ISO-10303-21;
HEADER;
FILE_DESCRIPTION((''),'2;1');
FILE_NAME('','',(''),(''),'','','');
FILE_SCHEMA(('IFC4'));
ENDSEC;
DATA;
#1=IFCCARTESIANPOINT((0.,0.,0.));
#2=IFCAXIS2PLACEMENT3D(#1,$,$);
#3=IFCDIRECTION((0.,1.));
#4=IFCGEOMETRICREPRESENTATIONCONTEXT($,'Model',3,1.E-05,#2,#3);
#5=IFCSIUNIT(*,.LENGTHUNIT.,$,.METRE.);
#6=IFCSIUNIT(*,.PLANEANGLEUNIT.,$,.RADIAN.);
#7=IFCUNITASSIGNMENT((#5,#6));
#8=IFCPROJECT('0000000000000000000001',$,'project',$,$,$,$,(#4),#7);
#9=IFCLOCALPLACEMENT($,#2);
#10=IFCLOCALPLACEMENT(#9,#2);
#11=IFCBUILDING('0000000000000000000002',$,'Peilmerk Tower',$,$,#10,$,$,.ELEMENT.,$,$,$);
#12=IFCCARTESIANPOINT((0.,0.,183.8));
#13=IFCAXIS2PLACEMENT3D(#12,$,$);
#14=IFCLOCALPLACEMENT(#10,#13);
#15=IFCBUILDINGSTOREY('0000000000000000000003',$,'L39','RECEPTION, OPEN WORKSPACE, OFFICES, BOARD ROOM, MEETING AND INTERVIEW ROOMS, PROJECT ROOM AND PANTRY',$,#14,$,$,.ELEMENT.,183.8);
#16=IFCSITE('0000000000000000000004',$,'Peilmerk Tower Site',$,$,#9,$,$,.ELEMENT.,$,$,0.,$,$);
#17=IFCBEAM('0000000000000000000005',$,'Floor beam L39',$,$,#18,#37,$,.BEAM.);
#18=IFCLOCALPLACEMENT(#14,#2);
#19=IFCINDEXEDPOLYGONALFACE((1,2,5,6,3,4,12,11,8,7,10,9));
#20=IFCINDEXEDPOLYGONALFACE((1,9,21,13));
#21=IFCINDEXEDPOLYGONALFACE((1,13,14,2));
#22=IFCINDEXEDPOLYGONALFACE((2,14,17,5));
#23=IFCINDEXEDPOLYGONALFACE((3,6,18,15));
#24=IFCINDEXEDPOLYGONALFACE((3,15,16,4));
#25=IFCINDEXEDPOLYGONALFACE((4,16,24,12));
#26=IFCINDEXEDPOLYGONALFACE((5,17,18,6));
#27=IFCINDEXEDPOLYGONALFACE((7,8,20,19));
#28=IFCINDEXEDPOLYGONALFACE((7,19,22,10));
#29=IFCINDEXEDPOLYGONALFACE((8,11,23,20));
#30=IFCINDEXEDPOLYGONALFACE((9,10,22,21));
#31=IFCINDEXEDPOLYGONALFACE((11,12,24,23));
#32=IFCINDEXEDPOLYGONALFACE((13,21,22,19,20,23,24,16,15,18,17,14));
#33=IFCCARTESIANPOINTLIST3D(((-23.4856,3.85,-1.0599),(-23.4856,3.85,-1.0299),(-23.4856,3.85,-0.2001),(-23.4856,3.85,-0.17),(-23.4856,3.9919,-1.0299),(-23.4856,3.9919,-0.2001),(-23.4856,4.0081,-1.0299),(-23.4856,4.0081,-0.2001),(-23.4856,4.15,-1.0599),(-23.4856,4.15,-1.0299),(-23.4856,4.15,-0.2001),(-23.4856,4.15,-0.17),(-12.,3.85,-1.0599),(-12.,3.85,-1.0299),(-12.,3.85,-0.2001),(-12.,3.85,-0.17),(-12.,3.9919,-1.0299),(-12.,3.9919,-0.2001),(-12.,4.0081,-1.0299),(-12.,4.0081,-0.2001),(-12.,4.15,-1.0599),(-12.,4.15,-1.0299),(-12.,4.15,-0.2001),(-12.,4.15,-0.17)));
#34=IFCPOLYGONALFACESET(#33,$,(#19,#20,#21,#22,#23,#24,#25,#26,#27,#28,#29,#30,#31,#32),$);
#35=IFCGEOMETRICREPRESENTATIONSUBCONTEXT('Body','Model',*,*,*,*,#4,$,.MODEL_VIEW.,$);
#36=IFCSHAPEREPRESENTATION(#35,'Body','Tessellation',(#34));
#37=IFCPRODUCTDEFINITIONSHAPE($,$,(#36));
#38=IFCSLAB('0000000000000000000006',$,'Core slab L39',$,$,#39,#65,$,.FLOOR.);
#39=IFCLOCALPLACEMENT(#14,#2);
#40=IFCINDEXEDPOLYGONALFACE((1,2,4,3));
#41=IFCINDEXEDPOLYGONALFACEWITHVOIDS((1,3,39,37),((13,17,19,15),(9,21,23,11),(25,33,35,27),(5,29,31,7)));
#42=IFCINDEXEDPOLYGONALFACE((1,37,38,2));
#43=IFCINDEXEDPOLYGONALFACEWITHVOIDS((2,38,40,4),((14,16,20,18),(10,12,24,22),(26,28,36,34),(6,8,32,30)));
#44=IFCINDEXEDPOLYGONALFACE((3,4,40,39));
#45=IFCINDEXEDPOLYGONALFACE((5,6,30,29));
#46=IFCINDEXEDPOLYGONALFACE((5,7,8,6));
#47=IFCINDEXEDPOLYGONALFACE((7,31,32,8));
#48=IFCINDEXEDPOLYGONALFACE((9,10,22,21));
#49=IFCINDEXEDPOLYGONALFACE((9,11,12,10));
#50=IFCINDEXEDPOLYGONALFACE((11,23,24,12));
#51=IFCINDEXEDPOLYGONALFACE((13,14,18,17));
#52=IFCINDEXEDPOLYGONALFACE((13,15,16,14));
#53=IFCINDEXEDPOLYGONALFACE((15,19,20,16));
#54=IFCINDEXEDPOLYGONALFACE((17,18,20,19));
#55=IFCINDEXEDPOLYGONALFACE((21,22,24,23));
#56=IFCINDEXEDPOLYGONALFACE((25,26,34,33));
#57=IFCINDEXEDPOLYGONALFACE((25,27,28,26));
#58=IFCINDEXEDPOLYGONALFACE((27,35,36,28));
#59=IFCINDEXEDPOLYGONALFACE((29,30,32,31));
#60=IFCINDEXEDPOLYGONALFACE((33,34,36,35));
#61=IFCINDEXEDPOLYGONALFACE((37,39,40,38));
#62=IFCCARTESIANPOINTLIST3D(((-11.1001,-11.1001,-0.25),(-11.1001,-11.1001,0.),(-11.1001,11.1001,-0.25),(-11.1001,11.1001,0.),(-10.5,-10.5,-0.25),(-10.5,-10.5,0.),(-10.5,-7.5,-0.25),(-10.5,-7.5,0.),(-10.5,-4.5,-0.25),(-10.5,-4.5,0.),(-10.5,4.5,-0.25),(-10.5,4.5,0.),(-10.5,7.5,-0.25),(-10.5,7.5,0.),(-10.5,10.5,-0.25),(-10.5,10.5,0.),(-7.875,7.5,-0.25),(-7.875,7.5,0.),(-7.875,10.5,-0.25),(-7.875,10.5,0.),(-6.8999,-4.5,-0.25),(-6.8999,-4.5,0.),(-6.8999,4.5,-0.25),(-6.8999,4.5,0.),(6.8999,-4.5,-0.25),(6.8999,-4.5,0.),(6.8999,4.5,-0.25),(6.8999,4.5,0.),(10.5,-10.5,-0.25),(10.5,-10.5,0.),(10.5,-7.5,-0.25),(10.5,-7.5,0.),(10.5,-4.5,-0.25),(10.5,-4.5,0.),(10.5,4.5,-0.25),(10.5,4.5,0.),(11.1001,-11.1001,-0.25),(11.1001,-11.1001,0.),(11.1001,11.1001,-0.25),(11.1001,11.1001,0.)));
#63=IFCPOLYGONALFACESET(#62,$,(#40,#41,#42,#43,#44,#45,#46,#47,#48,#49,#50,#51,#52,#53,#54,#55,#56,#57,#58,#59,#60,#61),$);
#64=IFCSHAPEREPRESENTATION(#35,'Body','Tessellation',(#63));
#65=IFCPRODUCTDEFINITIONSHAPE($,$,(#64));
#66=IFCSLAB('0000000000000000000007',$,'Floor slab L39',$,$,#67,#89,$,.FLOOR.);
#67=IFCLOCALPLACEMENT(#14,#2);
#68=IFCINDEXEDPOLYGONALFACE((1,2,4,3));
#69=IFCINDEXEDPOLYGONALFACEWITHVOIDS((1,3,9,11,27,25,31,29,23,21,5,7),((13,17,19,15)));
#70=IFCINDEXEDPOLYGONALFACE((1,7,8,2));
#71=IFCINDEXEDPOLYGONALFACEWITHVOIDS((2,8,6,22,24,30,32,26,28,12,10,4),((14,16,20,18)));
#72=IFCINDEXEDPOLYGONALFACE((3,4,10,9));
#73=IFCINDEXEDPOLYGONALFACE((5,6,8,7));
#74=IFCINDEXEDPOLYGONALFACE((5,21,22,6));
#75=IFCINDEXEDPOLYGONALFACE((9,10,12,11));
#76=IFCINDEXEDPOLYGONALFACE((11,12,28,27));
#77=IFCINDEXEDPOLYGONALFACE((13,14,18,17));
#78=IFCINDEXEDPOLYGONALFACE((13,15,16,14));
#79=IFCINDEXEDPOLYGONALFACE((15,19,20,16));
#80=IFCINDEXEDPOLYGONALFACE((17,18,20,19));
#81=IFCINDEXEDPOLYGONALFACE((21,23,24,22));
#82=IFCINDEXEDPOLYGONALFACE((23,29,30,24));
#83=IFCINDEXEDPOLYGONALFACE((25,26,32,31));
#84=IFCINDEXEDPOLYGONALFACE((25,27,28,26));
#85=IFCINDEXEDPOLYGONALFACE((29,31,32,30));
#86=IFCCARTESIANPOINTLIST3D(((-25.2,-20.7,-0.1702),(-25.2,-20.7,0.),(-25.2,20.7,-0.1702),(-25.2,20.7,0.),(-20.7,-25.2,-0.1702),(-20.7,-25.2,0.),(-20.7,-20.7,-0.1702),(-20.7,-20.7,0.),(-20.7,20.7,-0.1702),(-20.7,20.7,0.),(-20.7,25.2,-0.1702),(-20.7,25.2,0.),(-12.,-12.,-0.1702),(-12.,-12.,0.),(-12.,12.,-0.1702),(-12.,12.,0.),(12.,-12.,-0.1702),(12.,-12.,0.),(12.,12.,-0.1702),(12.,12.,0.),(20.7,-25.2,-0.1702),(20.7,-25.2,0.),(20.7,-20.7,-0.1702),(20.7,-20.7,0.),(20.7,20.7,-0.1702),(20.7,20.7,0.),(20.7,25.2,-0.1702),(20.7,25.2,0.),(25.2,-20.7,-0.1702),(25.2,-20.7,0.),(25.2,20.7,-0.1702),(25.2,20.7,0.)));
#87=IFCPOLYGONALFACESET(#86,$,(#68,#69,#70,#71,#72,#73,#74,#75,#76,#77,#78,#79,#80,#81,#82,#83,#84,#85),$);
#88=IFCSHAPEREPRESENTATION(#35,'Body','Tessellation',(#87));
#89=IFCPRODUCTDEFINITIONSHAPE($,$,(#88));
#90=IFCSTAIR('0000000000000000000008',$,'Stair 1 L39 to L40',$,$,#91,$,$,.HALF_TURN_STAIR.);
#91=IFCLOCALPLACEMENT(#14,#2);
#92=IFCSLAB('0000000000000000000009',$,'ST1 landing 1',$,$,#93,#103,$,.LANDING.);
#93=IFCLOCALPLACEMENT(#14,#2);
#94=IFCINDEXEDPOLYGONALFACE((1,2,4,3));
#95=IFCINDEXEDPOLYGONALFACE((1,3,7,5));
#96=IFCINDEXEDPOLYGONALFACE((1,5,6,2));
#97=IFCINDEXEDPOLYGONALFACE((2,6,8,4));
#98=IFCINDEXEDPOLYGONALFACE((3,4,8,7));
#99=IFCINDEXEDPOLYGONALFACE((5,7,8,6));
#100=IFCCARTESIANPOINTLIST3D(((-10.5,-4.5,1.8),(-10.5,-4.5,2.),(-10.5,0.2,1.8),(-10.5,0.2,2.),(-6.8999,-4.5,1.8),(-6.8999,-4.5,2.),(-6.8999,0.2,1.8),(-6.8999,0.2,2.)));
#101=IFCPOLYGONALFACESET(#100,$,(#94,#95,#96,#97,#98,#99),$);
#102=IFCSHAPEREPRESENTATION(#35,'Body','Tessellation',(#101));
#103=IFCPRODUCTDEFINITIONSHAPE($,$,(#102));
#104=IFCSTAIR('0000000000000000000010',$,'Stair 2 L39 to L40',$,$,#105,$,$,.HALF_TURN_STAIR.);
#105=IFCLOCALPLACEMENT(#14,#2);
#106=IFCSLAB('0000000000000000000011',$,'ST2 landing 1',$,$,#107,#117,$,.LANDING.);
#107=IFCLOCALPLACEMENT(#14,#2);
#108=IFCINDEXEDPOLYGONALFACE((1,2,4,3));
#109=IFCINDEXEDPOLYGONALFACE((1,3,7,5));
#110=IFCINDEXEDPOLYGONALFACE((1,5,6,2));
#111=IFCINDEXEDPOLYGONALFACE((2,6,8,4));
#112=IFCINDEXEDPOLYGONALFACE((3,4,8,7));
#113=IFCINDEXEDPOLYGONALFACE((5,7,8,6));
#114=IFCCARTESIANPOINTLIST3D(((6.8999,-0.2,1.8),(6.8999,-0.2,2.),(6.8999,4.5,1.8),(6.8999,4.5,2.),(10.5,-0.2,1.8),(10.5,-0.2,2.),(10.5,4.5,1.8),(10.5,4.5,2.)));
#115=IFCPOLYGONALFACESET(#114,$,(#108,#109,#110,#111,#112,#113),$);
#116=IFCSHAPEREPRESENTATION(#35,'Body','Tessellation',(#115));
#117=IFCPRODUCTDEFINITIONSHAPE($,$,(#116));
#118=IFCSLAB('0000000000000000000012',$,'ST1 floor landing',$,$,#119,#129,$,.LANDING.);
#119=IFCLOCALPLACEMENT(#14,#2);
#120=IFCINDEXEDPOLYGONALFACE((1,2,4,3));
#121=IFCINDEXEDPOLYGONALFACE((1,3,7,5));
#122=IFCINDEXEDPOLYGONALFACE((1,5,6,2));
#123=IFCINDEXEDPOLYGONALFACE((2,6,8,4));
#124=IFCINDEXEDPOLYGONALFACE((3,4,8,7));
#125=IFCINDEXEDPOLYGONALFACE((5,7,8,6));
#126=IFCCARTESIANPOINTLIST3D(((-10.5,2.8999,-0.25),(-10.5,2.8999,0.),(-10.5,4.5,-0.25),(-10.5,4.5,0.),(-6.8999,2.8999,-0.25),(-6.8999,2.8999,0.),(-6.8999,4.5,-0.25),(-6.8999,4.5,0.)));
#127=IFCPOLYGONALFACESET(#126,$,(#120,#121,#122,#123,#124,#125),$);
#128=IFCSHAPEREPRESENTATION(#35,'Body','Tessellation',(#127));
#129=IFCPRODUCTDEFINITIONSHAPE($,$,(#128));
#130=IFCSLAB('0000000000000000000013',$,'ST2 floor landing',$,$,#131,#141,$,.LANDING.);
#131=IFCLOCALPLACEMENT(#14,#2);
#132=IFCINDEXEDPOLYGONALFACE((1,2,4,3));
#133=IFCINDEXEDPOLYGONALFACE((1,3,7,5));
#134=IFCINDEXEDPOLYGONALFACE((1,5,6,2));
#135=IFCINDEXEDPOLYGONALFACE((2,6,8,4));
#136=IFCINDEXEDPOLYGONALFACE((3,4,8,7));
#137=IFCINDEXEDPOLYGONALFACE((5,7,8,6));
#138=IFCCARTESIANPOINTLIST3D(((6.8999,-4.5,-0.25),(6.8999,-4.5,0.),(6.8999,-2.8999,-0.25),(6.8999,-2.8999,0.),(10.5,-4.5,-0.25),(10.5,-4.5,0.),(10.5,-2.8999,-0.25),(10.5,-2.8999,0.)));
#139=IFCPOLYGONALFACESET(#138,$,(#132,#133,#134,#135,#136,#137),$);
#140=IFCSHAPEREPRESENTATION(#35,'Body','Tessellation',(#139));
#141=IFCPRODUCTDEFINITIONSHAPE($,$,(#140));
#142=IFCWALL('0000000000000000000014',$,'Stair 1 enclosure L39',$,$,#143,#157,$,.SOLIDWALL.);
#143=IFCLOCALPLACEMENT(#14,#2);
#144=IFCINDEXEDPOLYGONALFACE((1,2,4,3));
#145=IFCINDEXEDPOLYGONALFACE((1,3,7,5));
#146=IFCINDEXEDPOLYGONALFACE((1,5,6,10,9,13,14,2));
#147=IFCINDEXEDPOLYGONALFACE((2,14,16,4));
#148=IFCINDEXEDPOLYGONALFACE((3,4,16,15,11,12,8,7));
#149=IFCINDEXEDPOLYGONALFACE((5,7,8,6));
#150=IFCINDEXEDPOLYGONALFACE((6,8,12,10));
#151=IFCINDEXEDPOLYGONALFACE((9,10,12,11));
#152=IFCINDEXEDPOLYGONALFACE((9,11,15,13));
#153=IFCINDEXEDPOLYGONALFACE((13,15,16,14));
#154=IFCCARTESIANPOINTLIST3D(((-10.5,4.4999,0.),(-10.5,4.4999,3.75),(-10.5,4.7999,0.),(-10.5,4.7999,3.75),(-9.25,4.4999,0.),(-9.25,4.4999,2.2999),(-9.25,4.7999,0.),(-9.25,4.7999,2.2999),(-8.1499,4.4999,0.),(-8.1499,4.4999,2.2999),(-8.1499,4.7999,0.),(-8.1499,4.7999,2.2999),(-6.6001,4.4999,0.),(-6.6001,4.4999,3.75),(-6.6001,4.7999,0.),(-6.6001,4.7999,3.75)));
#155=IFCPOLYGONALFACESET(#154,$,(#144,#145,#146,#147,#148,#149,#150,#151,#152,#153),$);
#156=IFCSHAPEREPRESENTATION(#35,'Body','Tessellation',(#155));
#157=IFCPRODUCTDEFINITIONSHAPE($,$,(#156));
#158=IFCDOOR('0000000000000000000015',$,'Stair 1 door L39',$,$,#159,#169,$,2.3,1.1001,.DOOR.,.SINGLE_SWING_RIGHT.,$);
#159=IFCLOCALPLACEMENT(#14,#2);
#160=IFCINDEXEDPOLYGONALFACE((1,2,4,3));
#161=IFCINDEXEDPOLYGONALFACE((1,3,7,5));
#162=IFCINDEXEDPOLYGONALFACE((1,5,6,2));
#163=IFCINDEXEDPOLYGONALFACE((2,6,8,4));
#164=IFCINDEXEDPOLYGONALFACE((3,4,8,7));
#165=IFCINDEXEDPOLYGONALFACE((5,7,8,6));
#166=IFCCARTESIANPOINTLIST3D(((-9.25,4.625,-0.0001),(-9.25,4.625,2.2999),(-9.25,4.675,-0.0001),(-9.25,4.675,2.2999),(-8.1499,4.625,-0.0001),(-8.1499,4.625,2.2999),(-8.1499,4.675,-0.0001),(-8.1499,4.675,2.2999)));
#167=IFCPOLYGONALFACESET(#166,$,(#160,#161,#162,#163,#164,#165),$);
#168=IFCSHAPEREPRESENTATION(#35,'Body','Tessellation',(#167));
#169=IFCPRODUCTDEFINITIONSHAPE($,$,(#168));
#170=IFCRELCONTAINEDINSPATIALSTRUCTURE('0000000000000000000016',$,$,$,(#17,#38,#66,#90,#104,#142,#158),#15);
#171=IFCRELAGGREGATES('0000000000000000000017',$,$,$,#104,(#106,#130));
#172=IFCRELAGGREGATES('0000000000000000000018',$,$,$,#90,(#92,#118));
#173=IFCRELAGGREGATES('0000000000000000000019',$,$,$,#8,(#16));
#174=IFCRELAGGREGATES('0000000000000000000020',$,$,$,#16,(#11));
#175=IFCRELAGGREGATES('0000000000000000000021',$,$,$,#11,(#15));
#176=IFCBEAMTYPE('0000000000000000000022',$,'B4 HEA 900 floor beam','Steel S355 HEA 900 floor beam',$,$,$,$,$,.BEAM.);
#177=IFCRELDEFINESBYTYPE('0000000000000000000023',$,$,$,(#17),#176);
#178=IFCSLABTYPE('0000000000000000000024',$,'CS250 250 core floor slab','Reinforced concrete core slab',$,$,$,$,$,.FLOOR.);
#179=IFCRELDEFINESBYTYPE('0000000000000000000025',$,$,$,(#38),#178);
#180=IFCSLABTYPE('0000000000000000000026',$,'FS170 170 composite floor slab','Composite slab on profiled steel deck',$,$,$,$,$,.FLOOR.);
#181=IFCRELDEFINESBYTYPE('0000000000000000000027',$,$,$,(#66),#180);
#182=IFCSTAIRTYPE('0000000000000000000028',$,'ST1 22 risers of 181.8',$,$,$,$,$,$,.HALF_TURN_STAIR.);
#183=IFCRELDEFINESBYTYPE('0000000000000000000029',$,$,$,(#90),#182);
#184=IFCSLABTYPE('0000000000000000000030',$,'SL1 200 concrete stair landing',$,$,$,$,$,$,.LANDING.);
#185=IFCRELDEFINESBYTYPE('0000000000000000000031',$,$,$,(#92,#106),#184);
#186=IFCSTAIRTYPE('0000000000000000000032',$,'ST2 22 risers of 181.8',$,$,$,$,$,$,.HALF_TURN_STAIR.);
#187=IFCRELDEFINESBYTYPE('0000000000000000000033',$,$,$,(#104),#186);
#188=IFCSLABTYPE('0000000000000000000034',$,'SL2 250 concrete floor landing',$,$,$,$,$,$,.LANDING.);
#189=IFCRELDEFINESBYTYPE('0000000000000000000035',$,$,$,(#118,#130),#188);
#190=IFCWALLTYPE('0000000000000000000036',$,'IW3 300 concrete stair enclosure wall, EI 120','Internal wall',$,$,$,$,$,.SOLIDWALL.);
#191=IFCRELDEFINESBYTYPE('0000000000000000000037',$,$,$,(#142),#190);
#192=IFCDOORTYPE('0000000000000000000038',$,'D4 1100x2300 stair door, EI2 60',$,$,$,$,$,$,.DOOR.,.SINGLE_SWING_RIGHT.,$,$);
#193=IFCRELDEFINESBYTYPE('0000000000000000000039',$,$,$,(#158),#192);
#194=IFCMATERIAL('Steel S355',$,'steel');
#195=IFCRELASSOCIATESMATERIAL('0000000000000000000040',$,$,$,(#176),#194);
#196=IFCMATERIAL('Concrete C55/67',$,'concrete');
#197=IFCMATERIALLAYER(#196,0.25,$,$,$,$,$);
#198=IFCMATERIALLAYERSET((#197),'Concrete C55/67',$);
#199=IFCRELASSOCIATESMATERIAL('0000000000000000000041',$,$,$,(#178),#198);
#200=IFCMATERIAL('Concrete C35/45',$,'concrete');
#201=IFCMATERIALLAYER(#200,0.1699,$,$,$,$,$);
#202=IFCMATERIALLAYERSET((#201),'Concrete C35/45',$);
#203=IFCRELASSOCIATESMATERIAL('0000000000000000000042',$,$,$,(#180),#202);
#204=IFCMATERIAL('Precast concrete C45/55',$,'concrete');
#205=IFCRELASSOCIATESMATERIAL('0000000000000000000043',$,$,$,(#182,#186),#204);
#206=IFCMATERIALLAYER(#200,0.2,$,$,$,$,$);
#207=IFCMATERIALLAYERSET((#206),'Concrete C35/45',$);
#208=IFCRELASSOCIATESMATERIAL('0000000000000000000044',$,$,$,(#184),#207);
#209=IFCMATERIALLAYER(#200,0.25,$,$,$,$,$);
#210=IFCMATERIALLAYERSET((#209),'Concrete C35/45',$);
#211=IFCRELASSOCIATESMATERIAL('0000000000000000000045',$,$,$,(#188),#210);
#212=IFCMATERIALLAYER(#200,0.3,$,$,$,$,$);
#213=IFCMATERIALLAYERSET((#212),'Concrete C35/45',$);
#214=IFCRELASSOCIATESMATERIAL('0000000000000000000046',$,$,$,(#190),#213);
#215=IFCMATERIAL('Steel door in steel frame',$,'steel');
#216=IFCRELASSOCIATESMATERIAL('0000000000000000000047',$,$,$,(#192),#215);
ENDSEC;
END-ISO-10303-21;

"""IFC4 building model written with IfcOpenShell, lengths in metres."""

from ifc_helpers import new_model, si_unit, direction, frame, frame_2d, origin, origin_2d, place, context, subcontext, project, spatial, polyline, rectangle, i_section, outline, extrude, material, layer, layer_set, material_profile, profile_set, type_object, element, fill, aggregate, save


model = new_model("IFC4")

# Units and contexts
model_context = context("Model", 3, precision=1e-05, world=origin(), true_north=direction((0.0, 1.0)))
body_context = subcontext(model_context, "Body", "Model", "MODEL_VIEW")
ifc_project = project(units=[si_unit("LENGTHUNIT", "METRE"), si_unit("PLANEANGLEUNIT", "RADIAN")], contexts=[model_context])

# Site, building, storey
site_placement = place(None, origin())
site = spatial("IfcSite", under=ifc_project, at=site_placement, Name="Peilmerk Tower Site", CompositionType="ELEMENT", RefElevation=0.0)
building_placement = place(site_placement, origin())
building = spatial("IfcBuilding", under=site, at=building_placement, Name="Peilmerk Tower", CompositionType="ELEMENT")
storey_placement = place(building_placement, frame((0.0, 0.0, 183.8)))
storey = spatial("IfcBuildingStorey", under=building, at=storey_placement, Name="L39", Description="RECEPTION, OPEN WORKSPACE, OFFICES, BOARD ROOM, MEETING AND INTERVIEW ROOMS, PROJECT ROOM AND PANTRY", CompositionType="ELEMENT", Elevation=183.8)

# Beam
ifc_material_1 = material(Name="Steel S355", Category="steel")
ifc_material_profile = material_profile(ifc_material_1, i_section(OverallWidth=0.3, OverallDepth=0.8899, WebThickness=0.0161, FlangeThickness=0.03, at=origin_2d()), Name="HEA 900")
ifc_profile_set = profile_set([ifc_material_profile], Name="Steel S355")
beam_type = type_object("IfcBeamType", Name="B4 HEA 900 floor beam", Description="Steel S355 HEA 900 floor beam", PredefinedType="BEAM", material=ifc_profile_set)
beam_placement = place(storey_placement, frame((-12.0, 4.0, -0.615), z_axis=(-1.0, 0.0, 0.0), x_axis=(0.0, -1.0, 0.0)))
element("IfcBeam", 1, at=beam_placement, inside=storey, type_object=beam_type, Name="Floor beam L39", PredefinedType="BEAM", context=body_context, shape_type="SweptSolid", body=[
    extrude(i_section(OverallWidth=0.3, OverallDepth=0.8899, WebThickness=0.0161, FlangeThickness=0.03, at=origin_2d()), origin(), (0.0, 0.0, 1.0), 11.4856),
])

# Slabs
ifc_material_2 = material(Name="Concrete C55/67", Category="concrete")
ifc_layer_1 = layer(ifc_material_2, 0.25)
ifc_layer_set_1 = layer_set([ifc_layer_1], Name="Concrete C55/67")
slab_type_1 = type_object("IfcSlabType", Name="CS250 250 core floor slab", Description="Reinforced concrete core slab", PredefinedType="FLOOR", material=ifc_layer_set_1)
slab_1_placement = place(storey_placement, frame((0.0, 0.0, -0.25)))
element("IfcSlab", 2, at=slab_1_placement, inside=storey, type_object=slab_type_1, Name="Core slab L39", PredefinedType="FLOOR", context=body_context, shape_type="SweptSolid", body=[
    extrude(outline(polyline([(11.1001, 11.1001), (-11.1001, 11.1001), (-11.1001, -11.1001), (11.1001, -11.1001), (11.1001, 11.1001)]), holes=[polyline([(-10.5, 7.5), (-10.5, 10.5), (-7.875, 10.5), (-7.875, 7.5), (-10.5, 7.5)]), polyline([(-10.5, -10.5), (-10.5, -7.5), (10.5, -7.5), (10.5, -10.5), (-10.5, -10.5)]), polyline([(-10.5, 4.5), (-6.8999, 4.5), (-6.8999, -4.5), (-10.5, -4.5), (-10.5, 4.5)]), polyline([(10.5, 4.5), (10.5, -4.5), (6.8999, -4.5), (6.8999, 4.5), (10.5, 4.5)])]), origin(), (0.0, 0.0, 1.0), 0.25),
])
ifc_material_3 = material(Name="Concrete C35/45", Category="concrete")
ifc_layer_2 = layer(ifc_material_3, 0.1699)
ifc_layer_set_2 = layer_set([ifc_layer_2], Name="Concrete C35/45")
slab_type_2 = type_object("IfcSlabType", Name="FS170 170 composite floor slab", Description="Composite slab on profiled steel deck", PredefinedType="FLOOR", material=ifc_layer_set_2)
slab_2_placement = place(storey_placement, frame((0.0, 0.0, -0.1702)))
element("IfcSlab", 3, at=slab_2_placement, inside=storey, type_object=slab_type_2, Name="Floor slab L39", PredefinedType="FLOOR", context=body_context, shape_type="SweptSolid", body=[
    extrude(outline(polyline([(-20.7, -25.2), (20.7, -25.2), (20.7, -20.7), (25.2, -20.7), (25.2, 20.7), (20.7, 20.7), (20.7, 25.2), (-20.7, 25.2), (-20.7, 20.7), (-25.2, 20.7), (-25.2, -20.7), (-20.7, -20.7), (-20.7, -25.2)]), holes=[polyline([(12.0, 12.0), (12.0, -12.0), (-12.0, -12.0), (-12.0, 12.0), (12.0, 12.0)])]), origin(), (0.0, 0.0, 1.0), 0.1702),
])

# Stairs, slabs
ifc_material_4 = material(Name="Precast concrete C45/55", Category="concrete")
stair_type_1 = type_object("IfcStairType", Name="ST1 22 risers of 181.8", PredefinedType="HALF_TURN_STAIR", material=ifc_material_4)
stair_1_placement = place(storey_placement, origin())
stair_1 = element("IfcStair", 4, at=stair_1_placement, inside=storey, type_object=stair_type_1, Name="Stair 1 L39 to L40", PredefinedType="HALF_TURN_STAIR")
ifc_layer_3 = layer(ifc_material_3, 0.2)
ifc_layer_set_3 = layer_set([ifc_layer_3], Name="Concrete C35/45")
slab_type_3 = type_object("IfcSlabType", Name="SL1 200 concrete stair landing", PredefinedType="LANDING", material=ifc_layer_set_3)
slab_3_placement = place(storey_placement, frame((0.0, 0.0, 1.8)))
slab_3 = element("IfcSlab", 5, at=slab_3_placement, type_object=slab_type_3, Name="ST1 landing 1", PredefinedType="LANDING", context=body_context, shape_type="SweptSolid", body=[
    extrude(outline(polyline([(-10.5, -4.5), (-6.8999, -4.5), (-6.8999, 0.2), (-10.5, 0.2), (-10.5, -4.5)])), origin(), (0.0, 0.0, 1.0), 0.2),
])
stair_type_2 = type_object("IfcStairType", Name="ST2 22 risers of 181.8", PredefinedType="HALF_TURN_STAIR", material=ifc_material_4)
stair_2_placement = place(storey_placement, origin())
stair_2 = element("IfcStair", 6, at=stair_2_placement, inside=storey, type_object=stair_type_2, Name="Stair 2 L39 to L40", PredefinedType="HALF_TURN_STAIR")
slab_4_placement = place(storey_placement, frame((0.0, 0.0, 1.8)))
slab_4 = element("IfcSlab", 7, at=slab_4_placement, type_object=slab_type_3, Name="ST2 landing 1", PredefinedType="LANDING", context=body_context, shape_type="SweptSolid", body=[
    extrude(outline(polyline([(6.8999, -0.2), (10.5, -0.2), (10.5, 4.5), (6.8999, 4.5), (6.8999, -0.2)])), origin(), (0.0, 0.0, 1.0), 0.2),
])

# Slabs
ifc_layer_4 = layer(ifc_material_3, 0.25)
ifc_layer_set_4 = layer_set([ifc_layer_4], Name="Concrete C35/45")
slab_type_4 = type_object("IfcSlabType", Name="SL2 250 concrete floor landing", PredefinedType="LANDING", material=ifc_layer_set_4)
slab_5_placement = place(storey_placement, frame((0.0, 0.0, -0.25)))
slab_5 = element("IfcSlab", 8, at=slab_5_placement, type_object=slab_type_4, Name="ST1 floor landing", PredefinedType="LANDING", context=body_context, shape_type="SweptSolid", body=[
    extrude(outline(polyline([(-10.5, 2.8999), (-6.8999, 2.8999), (-6.8999, 4.5), (-10.5, 4.5), (-10.5, 2.8999)])), origin(), (0.0, 0.0, 1.0), 0.25),
])
slab_6_placement = place(storey_placement, frame((0.0, 0.0, -0.25)))
slab_6 = element("IfcSlab", 9, at=slab_6_placement, type_object=slab_type_4, Name="ST2 floor landing", PredefinedType="LANDING", context=body_context, shape_type="SweptSolid", body=[
    extrude(outline(polyline([(6.8999, -4.5), (10.5, -4.5), (10.5, -2.8999), (6.8999, -2.8999), (6.8999, -4.5)])), origin(), (0.0, 0.0, 1.0), 0.25),
])
aggregate(stair_2, [slab_4, slab_6])

# Wall, opening, door
ifc_layer_5 = layer(ifc_material_3, 0.3)
ifc_layer_set_5 = layer_set([ifc_layer_5], Name="Concrete C35/45")
wall_type_1 = type_object("IfcWallType", Name="IW3 300 concrete stair enclosure wall, EI 120", Description="Internal wall", PredefinedType="SOLIDWALL", material=ifc_layer_set_5)
wall_1_placement = place(storey_placement, frame((-10.5, 4.6499, 0.0), z_axis=(0.0, 0.0, 1.0), x_axis=(1.0, 0.0, 0.0)))
wall_1 = element("IfcWall", 10, at=wall_1_placement, inside=storey, type_object=wall_type_1, Name="Stair 1 enclosure L39", PredefinedType="SOLIDWALL", context=body_context, shape_type="SweptSolid", body=[
    extrude(rectangle(XDim=3.8999, YDim=0.3, at=frame_2d((1.95, 0.0))), origin(), (0.0, 0.0, 1.0), 3.75),
])
opening_1_placement = place(wall_1_placement, frame((1.25, 0.0, 0.0)))
opening_1 = element("IfcOpeningElement", 11, at=opening_1_placement, cuts=wall_1, PredefinedType="OPENING", context=body_context, shape_type="SweptSolid", body=[
    extrude(rectangle(XDim=1.1001, YDim=2.3, at=frame_2d((0.55, 1.1499))), frame((0.0, 0.1599, 0.0), z_axis=(0.0, -1.0, 0.0), x_axis=(1.0, 0.0, 0.0)), (0.0, 0.0, 1.0), 0.3201),
])
ifc_material_5 = material(Name="Steel door in steel frame", Category="steel")
door_type_1 = type_object("IfcDoorType", Name="D4 1100x2300 stair door, EI2 60", OperationType="SINGLE_SWING_RIGHT", PredefinedType="DOOR", material=ifc_material_5)
door_1_placement = place(opening_1_placement, frame((1.1001, 0.0, 0.0), z_axis=(0.0, 0.0, 1.0), x_axis=(-1.0, 0.0, 0.0)))
door_1 = element("IfcDoor", 12, at=door_1_placement, inside=storey, type_object=door_type_1, Name="Stair 1 door L39", OperationType="SINGLE_SWING_RIGHT", OverallHeight=2.3, OverallWidth=1.1001, PredefinedType="DOOR", context=body_context, shape_type="SweptSolid", body=[
    extrude(rectangle(XDim=1.1001, YDim=2.3, at=frame_2d((0.55, 1.1499))), frame((0.0, 0.0249, 0.0), z_axis=(0.0, -1.0, 0.0), x_axis=(1.0, 0.0, 0.0)), (0.0, 0.0, 1.0), 0.05),
])
fill(opening_1, door_1)

aggregate(stair_1, [slab_3, slab_5])

save(model, "model.ifc")
